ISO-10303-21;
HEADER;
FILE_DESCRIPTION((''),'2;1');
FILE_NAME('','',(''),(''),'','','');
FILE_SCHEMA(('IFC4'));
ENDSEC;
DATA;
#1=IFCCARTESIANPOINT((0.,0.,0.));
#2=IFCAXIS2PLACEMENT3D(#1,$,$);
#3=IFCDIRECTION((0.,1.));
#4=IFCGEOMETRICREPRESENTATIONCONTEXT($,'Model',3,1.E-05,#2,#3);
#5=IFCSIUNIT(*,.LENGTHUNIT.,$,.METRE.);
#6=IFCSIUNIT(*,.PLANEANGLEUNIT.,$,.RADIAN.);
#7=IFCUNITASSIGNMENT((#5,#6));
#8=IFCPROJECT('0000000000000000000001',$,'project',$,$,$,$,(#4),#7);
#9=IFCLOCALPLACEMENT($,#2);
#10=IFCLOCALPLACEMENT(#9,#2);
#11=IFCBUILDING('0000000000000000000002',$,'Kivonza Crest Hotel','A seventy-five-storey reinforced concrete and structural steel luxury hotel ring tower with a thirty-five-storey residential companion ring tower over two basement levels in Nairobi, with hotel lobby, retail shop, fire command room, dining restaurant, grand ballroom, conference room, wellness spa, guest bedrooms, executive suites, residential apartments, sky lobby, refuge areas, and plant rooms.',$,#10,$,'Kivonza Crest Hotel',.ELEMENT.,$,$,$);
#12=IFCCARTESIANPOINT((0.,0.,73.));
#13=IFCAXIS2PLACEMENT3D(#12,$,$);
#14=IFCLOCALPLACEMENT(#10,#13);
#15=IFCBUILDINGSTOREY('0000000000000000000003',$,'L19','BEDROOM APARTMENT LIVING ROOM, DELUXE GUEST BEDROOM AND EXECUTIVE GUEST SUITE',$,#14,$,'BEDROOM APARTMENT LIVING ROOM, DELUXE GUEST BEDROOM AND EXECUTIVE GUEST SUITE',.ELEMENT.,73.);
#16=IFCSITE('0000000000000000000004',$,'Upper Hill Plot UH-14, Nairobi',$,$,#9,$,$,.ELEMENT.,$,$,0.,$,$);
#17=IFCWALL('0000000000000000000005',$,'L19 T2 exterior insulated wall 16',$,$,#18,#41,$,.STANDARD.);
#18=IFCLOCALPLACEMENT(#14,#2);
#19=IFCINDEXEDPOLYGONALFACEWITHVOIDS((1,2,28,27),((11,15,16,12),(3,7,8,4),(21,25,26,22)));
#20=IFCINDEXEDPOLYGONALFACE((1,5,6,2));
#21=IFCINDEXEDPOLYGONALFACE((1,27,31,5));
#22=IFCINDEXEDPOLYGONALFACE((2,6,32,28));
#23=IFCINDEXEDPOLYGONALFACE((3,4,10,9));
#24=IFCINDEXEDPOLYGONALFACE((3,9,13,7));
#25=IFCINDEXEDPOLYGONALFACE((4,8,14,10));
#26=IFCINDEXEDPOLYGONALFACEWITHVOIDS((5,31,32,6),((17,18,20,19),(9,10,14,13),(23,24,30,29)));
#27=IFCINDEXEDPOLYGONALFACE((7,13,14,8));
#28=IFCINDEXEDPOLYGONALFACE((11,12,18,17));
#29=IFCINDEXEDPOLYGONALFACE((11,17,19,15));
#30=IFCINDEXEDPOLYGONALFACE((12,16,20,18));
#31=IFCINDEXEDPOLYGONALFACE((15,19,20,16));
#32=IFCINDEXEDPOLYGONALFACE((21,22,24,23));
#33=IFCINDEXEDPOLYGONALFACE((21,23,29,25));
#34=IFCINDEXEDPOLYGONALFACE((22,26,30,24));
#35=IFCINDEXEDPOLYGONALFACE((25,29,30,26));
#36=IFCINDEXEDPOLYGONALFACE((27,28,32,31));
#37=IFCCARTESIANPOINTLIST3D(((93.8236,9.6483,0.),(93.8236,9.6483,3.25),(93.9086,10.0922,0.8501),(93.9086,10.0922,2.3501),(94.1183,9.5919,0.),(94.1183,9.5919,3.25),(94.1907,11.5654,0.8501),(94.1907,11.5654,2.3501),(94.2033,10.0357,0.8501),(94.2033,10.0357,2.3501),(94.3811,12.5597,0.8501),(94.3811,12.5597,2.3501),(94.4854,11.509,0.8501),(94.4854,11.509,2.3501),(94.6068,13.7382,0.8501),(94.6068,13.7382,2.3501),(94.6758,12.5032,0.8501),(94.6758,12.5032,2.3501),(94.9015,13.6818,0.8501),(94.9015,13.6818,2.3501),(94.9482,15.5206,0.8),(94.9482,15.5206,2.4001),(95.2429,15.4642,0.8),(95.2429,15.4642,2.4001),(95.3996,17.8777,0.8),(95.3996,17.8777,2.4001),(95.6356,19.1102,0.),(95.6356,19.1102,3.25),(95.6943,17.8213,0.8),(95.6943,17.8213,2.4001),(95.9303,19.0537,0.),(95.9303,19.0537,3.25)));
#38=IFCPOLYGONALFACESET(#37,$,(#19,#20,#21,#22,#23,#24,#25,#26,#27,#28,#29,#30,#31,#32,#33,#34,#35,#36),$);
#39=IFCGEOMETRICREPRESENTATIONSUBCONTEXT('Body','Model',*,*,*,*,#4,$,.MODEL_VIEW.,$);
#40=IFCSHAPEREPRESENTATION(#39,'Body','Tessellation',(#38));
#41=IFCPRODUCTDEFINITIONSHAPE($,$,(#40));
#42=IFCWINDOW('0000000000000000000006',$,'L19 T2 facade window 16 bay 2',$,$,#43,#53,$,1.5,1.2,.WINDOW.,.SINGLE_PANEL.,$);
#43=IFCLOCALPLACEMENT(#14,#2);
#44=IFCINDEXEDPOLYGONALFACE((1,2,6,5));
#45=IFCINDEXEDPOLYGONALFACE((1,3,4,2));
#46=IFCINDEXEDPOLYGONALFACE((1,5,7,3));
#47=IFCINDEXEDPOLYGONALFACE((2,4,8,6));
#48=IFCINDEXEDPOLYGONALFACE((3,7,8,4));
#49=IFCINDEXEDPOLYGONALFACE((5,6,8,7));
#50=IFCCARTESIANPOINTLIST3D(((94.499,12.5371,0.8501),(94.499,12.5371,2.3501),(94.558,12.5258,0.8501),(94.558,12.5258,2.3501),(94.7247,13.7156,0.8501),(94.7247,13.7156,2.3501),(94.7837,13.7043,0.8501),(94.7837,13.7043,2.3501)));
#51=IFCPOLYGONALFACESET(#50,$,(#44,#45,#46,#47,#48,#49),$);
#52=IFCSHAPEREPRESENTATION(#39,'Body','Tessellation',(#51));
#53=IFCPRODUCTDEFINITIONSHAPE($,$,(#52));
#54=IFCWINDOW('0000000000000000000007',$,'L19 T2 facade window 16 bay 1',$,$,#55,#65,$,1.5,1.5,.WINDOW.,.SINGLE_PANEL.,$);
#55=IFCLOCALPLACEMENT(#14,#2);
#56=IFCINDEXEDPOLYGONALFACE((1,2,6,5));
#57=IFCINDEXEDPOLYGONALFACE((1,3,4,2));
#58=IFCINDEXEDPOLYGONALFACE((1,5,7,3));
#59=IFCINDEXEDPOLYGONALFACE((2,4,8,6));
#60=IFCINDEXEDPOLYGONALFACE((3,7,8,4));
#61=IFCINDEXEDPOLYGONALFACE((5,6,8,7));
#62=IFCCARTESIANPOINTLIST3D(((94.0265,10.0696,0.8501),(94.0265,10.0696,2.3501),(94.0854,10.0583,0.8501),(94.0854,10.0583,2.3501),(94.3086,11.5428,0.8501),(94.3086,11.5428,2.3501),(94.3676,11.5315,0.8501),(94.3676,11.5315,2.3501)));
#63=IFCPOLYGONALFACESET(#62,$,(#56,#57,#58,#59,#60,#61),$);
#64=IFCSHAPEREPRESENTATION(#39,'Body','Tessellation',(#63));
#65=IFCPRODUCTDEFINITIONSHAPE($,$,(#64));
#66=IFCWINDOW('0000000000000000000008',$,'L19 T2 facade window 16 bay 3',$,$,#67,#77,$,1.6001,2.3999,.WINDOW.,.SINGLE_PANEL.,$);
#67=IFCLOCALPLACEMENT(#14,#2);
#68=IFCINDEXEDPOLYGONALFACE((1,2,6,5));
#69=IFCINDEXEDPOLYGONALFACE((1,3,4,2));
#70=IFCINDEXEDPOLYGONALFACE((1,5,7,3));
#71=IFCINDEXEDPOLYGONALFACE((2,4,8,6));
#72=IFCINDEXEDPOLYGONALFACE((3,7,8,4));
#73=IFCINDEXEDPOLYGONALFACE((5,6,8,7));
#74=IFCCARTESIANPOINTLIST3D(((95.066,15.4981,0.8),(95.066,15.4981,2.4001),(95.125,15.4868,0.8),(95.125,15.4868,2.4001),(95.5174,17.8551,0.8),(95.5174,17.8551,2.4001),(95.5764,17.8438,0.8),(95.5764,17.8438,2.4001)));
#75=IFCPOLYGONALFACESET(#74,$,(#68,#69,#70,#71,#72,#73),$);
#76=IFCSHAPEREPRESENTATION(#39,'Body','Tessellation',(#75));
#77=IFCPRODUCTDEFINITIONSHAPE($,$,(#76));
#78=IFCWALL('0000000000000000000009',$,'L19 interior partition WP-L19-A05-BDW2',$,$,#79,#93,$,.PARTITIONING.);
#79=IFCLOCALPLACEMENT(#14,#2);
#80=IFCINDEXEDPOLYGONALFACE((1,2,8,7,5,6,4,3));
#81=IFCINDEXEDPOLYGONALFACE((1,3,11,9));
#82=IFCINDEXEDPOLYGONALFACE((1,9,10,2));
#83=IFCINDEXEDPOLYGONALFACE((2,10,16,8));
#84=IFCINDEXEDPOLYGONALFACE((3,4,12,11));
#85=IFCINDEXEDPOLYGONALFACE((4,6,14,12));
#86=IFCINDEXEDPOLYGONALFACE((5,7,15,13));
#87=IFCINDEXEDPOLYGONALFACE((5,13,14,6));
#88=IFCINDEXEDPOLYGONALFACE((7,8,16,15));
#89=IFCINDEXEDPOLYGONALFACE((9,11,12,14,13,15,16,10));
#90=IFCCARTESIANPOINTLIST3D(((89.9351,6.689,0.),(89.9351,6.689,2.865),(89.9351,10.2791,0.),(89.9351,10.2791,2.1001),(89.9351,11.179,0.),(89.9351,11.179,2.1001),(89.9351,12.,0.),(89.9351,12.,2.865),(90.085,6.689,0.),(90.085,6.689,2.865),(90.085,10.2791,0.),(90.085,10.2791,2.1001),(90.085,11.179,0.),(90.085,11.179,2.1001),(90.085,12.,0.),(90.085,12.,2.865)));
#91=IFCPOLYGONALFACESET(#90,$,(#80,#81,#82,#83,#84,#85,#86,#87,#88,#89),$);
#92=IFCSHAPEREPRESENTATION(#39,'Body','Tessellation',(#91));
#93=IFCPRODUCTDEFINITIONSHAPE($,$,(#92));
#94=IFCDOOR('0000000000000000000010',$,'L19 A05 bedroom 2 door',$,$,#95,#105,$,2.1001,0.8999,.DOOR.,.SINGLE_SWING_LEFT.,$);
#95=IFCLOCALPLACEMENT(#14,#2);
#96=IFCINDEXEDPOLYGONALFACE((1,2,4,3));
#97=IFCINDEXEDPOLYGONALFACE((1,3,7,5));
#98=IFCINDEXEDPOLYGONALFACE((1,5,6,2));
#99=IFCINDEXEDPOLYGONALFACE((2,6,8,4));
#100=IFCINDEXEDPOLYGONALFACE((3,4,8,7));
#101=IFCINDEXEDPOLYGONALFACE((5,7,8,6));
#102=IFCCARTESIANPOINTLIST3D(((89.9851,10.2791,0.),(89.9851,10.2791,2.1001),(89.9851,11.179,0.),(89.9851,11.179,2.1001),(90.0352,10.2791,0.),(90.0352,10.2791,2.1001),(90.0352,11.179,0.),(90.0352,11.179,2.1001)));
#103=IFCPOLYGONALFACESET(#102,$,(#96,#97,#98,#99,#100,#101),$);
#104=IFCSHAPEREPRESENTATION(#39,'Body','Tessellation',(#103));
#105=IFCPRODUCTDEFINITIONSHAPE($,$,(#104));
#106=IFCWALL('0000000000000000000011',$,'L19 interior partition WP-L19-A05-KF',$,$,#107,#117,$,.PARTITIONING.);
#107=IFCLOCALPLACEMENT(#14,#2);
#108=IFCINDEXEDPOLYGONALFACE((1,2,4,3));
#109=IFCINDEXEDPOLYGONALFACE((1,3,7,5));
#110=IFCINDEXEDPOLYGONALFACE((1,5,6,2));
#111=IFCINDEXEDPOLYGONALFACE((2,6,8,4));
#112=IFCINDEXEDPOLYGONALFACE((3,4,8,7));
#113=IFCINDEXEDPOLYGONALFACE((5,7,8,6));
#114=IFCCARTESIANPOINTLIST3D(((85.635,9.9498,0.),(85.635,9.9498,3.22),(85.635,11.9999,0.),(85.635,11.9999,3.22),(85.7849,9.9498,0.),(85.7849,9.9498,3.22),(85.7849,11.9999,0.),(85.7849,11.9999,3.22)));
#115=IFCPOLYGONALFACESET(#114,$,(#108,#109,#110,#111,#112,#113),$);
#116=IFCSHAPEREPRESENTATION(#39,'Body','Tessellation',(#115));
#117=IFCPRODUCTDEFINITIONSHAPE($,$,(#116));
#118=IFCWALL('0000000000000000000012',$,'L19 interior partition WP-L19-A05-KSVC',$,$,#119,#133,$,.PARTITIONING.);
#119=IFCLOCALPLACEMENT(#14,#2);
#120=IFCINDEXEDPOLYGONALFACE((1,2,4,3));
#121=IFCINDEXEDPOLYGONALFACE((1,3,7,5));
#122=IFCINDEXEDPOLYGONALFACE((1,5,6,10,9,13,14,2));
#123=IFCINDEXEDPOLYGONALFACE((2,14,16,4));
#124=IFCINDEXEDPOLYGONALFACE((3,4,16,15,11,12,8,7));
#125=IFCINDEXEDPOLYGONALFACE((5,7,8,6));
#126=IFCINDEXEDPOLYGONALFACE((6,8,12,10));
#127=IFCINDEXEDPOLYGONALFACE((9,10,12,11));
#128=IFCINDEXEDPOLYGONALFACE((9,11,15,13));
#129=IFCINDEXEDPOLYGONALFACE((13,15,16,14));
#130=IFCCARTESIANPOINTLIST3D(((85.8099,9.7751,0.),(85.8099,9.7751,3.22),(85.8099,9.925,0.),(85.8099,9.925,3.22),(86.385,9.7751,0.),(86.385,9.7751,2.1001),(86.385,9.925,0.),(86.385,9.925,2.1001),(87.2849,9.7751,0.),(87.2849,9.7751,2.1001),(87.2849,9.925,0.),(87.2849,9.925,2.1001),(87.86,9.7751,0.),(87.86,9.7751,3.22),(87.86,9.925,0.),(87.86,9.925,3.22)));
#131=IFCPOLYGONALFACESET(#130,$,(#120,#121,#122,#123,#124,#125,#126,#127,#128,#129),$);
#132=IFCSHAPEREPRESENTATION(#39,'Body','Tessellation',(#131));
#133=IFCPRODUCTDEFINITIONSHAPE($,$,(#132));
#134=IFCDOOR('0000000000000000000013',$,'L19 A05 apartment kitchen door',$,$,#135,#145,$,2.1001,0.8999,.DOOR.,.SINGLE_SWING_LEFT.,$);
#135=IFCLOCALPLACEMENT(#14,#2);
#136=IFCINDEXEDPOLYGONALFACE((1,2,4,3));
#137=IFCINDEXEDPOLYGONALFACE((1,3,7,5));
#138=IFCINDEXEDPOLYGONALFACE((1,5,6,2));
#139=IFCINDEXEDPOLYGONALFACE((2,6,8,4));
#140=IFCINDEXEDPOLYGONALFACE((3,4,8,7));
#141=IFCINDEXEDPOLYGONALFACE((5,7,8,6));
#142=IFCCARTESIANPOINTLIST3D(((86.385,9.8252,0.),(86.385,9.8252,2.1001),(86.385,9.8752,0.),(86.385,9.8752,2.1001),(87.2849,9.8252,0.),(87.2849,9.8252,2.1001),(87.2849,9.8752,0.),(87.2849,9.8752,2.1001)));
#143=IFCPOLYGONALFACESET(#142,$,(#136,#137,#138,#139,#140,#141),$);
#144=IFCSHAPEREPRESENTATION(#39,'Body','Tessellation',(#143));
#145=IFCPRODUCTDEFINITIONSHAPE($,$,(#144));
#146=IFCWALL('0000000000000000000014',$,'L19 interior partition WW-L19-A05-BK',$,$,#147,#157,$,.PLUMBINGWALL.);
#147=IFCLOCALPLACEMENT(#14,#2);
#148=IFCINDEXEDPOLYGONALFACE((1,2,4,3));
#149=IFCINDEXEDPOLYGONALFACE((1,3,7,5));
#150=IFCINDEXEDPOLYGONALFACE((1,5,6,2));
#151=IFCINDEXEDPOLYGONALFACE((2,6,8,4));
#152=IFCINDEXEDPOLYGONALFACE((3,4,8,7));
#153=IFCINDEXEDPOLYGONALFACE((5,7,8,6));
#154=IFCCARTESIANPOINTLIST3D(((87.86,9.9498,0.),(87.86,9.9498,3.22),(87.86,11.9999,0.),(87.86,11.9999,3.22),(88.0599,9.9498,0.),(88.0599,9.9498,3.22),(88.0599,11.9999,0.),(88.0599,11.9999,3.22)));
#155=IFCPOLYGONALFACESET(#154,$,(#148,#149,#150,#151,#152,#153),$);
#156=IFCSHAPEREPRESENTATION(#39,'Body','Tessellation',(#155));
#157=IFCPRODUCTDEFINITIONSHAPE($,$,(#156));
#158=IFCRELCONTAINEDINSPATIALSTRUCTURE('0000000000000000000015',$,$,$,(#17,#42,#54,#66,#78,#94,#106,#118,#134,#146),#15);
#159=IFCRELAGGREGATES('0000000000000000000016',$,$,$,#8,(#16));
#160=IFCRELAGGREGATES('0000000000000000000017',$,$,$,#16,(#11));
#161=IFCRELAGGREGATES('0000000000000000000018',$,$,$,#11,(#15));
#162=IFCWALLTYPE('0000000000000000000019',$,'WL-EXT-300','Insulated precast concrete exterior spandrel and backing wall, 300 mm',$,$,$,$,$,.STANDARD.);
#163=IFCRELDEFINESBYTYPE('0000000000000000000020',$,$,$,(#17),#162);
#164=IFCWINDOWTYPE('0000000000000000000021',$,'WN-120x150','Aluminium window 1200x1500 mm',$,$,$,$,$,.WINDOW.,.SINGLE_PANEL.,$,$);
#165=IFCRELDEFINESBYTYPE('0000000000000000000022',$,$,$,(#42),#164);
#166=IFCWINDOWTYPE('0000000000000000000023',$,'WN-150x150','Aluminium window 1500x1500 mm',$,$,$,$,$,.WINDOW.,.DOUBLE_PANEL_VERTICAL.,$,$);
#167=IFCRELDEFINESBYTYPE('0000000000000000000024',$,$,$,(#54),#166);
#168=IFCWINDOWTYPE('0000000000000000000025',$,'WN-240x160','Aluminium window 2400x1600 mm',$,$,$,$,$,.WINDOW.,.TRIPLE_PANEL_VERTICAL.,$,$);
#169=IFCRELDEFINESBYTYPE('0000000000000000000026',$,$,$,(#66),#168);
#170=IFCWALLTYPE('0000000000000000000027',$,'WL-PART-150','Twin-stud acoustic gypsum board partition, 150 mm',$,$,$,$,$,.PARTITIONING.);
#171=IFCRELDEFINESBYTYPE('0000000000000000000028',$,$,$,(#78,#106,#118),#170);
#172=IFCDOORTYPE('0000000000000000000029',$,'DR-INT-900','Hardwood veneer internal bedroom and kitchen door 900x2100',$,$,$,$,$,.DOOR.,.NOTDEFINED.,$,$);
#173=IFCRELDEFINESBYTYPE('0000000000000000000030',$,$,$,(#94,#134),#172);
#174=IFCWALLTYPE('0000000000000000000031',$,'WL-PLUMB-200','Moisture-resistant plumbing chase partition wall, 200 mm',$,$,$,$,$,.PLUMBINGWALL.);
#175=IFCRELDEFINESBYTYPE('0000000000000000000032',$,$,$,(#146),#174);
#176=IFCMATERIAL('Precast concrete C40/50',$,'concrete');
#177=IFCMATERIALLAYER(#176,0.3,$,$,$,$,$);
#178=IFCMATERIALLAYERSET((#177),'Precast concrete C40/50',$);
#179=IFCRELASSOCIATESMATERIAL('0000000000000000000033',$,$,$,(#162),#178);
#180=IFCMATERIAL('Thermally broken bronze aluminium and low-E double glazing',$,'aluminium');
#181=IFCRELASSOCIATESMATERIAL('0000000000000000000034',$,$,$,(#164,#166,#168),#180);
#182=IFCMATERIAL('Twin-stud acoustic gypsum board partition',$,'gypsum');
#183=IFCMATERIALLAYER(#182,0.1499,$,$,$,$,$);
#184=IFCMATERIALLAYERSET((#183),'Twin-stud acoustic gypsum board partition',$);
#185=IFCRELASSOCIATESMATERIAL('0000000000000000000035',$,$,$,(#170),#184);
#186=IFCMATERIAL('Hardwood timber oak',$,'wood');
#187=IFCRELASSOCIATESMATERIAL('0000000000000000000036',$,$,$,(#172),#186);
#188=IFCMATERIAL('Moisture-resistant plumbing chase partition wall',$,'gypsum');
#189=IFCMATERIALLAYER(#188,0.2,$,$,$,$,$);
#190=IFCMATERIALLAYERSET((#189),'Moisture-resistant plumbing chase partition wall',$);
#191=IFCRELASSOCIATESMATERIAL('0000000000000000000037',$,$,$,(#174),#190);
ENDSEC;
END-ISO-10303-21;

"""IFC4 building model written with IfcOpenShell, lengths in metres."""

from ifc_helpers import new_model, si_unit, direction, frame, frame_2d, origin, place, context, subcontext, project, spatial, rectangle, extrude, material, layer, layer_set, type_object, element, fill, save


model = new_model("IFC4")

# Units and contexts
model_context = context("Model", 3, precision=1e-05, world=origin(), true_north=direction((0.0, 1.0)))
body_context = subcontext(model_context, "Body", "Model", "MODEL_VIEW")
ifc_project = project(units=[si_unit("LENGTHUNIT", "METRE"), si_unit("PLANEANGLEUNIT", "RADIAN")], contexts=[model_context])

# Site, building, storey
site_placement = place(None, origin())
site = spatial("IfcSite", under=ifc_project, at=site_placement, Name="Upper Hill Plot UH-14, Nairobi", CompositionType="ELEMENT", RefElevation=0.0)
building_placement = place(site_placement, origin())
building = spatial("IfcBuilding", under=site, at=building_placement, Name="Kivonza Crest Hotel", Description="A seventy-five-storey reinforced concrete and structural steel luxury hotel ring tower with a thirty-five-storey residential companion ring tower over two basement levels in Nairobi, with hotel lobby, retail shop, fire command room, dining restaurant, grand ballroom, conference room, wellness spa, guest bedrooms, executive suites, residential apartments, sky lobby, refuge areas, and plant rooms.", LongName="Kivonza Crest Hotel", CompositionType="ELEMENT")
storey_placement = place(building_placement, frame((0.0, 0.0, 73.0)))
storey = spatial("IfcBuildingStorey", under=building, at=storey_placement, Name="L19", Description="BEDROOM APARTMENT LIVING ROOM, DELUXE GUEST BEDROOM AND EXECUTIVE GUEST SUITE", LongName="BEDROOM APARTMENT LIVING ROOM, DELUXE GUEST BEDROOM AND EXECUTIVE GUEST SUITE", CompositionType="ELEMENT", Elevation=73.0)

# Shared definitions
ifc_material_1 = material(Name="Precast concrete C40/50", Category="concrete")
ifc_layer_1 = layer(ifc_material_1, 0.3)
ifc_layer_set_1 = layer_set([ifc_layer_1], Name="Precast concrete C40/50")
wall_type_1 = type_object("IfcWallType", Name="WL-EXT-300", Description="Insulated precast concrete exterior spandrel and backing wall, 300 mm", PredefinedType="STANDARD", material=ifc_layer_set_1)

# Wall, openings, windows
wall_1_placement = place(storey_placement, frame((93.9709, 9.6201, 0.0), z_axis=(0.0, 0.0, 1.0), x_axis=(0.188088, 0.982152, 0.0)))
wall_1 = element("IfcWall", 1, at=wall_1_placement, inside=storey, type_object=wall_type_1, Name="L19 T2 exterior insulated wall 16", PredefinedType="STANDARD", context=body_context, shape_type="SweptSolid", body=[
    extrude(rectangle(XDim=9.6338, YDim=0.3, at=frame_2d((4.8169, 0.0))), origin(), (0.0, 0.0, 1.0), 3.25),
])
opening_1_placement = place(wall_1_placement, frame((0.4519, 0.0, 0.8501)))
opening_1 = element("IfcOpeningElement", 2, at=opening_1_placement, cuts=wall_1, PredefinedType="OPENING", context=body_context, shape_type="SweptSolid", body=[
    extrude(rectangle(XDim=1.5, YDim=1.5, at=frame_2d((0.75, 0.75))), frame((0.0, 0.1602, 0.0), z_axis=(0.0, -1.0, 0.0), x_axis=(1.0, 0.0, 0.0)), (0.0, 0.0, 1.0), 0.3201),
])
opening_2_placement = place(wall_1_placement, frame((2.9641, 0.0, 0.8501)))
opening_2 = element("IfcOpeningElement", 3, at=opening_2_placement, cuts=wall_1, PredefinedType="OPENING", context=body_context, shape_type="SweptSolid", body=[
    extrude(rectangle(XDim=1.2, YDim=1.5, at=frame_2d((0.6001, 0.75))), frame((0.0, 0.1602, 0.0), z_axis=(0.0, -1.0, 0.0), x_axis=(1.0, 0.0, 0.0)), (0.0, 0.0, 1.0), 0.3201),
])
opening_3_placement = place(wall_1_placement, frame((5.979, 0.0, 0.8)))
opening_3 = element("IfcOpeningElement", 4, at=opening_3_placement, cuts=wall_1, PredefinedType="OPENING", context=body_context, shape_type="SweptSolid", body=[
    extrude(rectangle(XDim=2.3999, YDim=1.6001, at=frame_2d((1.2, 0.8))), frame((0.0, 0.1602, 0.0), z_axis=(0.0, -1.0, 0.0), x_axis=(1.0, 0.0, 0.0)), (0.0, 0.0, 1.0), 0.3201),
])
ifc_material_2 = material(Name="Thermally broken bronze aluminium and low-E double glazing", Category="aluminium")
window_type_1 = type_object("IfcWindowType", Name="WN-120x150", Description="Aluminium window 1200x1500 mm", PartitioningType="SINGLE_PANEL", PredefinedType="WINDOW", material=ifc_material_2)
window_1_placement = place(opening_2_placement, origin())
window_1 = element("IfcWindow", 5, at=window_1_placement, inside=storey, type_object=window_type_1, Name="L19 T2 facade window 16 bay 2", OverallHeight=1.5, OverallWidth=1.2, PartitioningType="SINGLE_PANEL", PredefinedType="WINDOW", context=body_context, shape_type="SweptSolid", body=[
    extrude(rectangle(XDim=1.2, YDim=1.5, at=frame_2d((0.6001, 0.75))), frame((0.0, 0.03, 0.0), z_axis=(0.0, -1.0, 0.0), x_axis=(1.0, 0.0, 0.0)), (0.0, 0.0, 1.0), 0.0601),
])
fill(opening_2, window_1)
window_type_2 = type_object("IfcWindowType", Name="WN-150x150", Description="Aluminium window 1500x1500 mm", PartitioningType="DOUBLE_PANEL_VERTICAL", PredefinedType="WINDOW", material=ifc_material_2)
window_2_placement = place(opening_1_placement, origin())
window_2 = element("IfcWindow", 6, at=window_2_placement, inside=storey, type_object=window_type_2, Name="L19 T2 facade window 16 bay 1", OverallHeight=1.5, OverallWidth=1.5, PartitioningType="SINGLE_PANEL", PredefinedType="WINDOW", context=body_context, shape_type="SweptSolid", body=[
    extrude(rectangle(XDim=1.5, YDim=1.5, at=frame_2d((0.75, 0.75))), frame((0.0, 0.03, 0.0), z_axis=(0.0, -1.0, 0.0), x_axis=(1.0, 0.0, 0.0)), (0.0, 0.0, 1.0), 0.0601),
])
fill(opening_1, window_2)
window_type_3 = type_object("IfcWindowType", Name="WN-240x160", Description="Aluminium window 2400x1600 mm", PartitioningType="TRIPLE_PANEL_VERTICAL", PredefinedType="WINDOW", material=ifc_material_2)
window_3_placement = place(opening_3_placement, origin())
window_3 = element("IfcWindow", 7, at=window_3_placement, inside=storey, type_object=window_type_3, Name="L19 T2 facade window 16 bay 3", OverallHeight=1.6001, OverallWidth=2.3999, PartitioningType="SINGLE_PANEL", PredefinedType="WINDOW", context=body_context, shape_type="SweptSolid", body=[
    extrude(rectangle(XDim=2.3999, YDim=1.6001, at=frame_2d((1.2, 0.8))), frame((0.0, 0.03, 0.0), z_axis=(0.0, -1.0, 0.0), x_axis=(1.0, 0.0, 0.0)), (0.0, 0.0, 1.0), 0.0601),
])
fill(opening_3, window_3)

# Wall, opening, door
ifc_material_3 = material(Name="Twin-stud acoustic gypsum board partition", Category="gypsum")
ifc_layer_2 = layer(ifc_material_3, 0.1499)
ifc_layer_set_2 = layer_set([ifc_layer_2], Name="Twin-stud acoustic gypsum board partition")
wall_type_2 = type_object("IfcWallType", Name="WL-PART-150", Description="Twin-stud acoustic gypsum board partition, 150 mm", PredefinedType="PARTITIONING", material=ifc_layer_set_2)
wall_2_placement = place(storey_placement, frame((90.01, 6.689, 0.0), z_axis=(0.0, 0.0, 1.0), x_axis=(0.0, 1.0, 0.0)))
wall_2 = element("IfcWall", 8, at=wall_2_placement, inside=storey, type_object=wall_type_2, Name="L19 interior partition WP-L19-A05-BDW2", PredefinedType="PARTITIONING", context=body_context, shape_type="SweptSolid", body=[
    extrude(rectangle(XDim=5.311, YDim=0.1499, at=frame_2d((2.6555, 0.0))), origin(), (0.0, 0.0, 1.0), 2.865),
])
opening_4_placement = place(wall_2_placement, frame((3.5901, 0.0, 0.0)))
opening_4 = element("IfcOpeningElement", 9, at=opening_4_placement, cuts=wall_2, PredefinedType="OPENING", context=body_context, shape_type="SweptSolid", body=[
    extrude(rectangle(XDim=0.8999, YDim=2.1001, at=frame_2d((0.45, 1.05))), frame((0.0, 0.085, 0.0), z_axis=(0.0, -1.0, 0.0), x_axis=(1.0, 0.0, 0.0)), (0.0, 0.0, 1.0), 0.1699),
])
ifc_material_4 = material(Name="Hardwood timber oak", Category="wood")
door_type_1 = type_object("IfcDoorType", Name="DR-INT-900", Description="Hardwood veneer internal bedroom and kitchen door 900x2100", OperationType="NOTDEFINED", PredefinedType="DOOR", material=ifc_material_4)
door_1_placement = place(opening_4_placement, origin())
door_1 = element("IfcDoor", 10, at=door_1_placement, inside=storey, type_object=door_type_1, Name="L19 A05 bedroom 2 door", OperationType="SINGLE_SWING_LEFT", OverallHeight=2.1001, OverallWidth=0.8999, PredefinedType="DOOR", context=body_context, shape_type="SweptSolid", body=[
    extrude(rectangle(XDim=0.8999, YDim=2.1001, at=frame_2d((0.45, 1.05))), frame((0.0, 0.0249, 0.0), z_axis=(0.0, -1.0, 0.0), x_axis=(1.0, 0.0, 0.0)), (0.0, 0.0, 1.0), 0.05),
])
fill(opening_4, door_1)

# Wall
wall_3_placement = place(storey_placement, frame((85.71, 9.95, 0.0), z_axis=(0.0, 0.0, 1.0), x_axis=(0.0, 1.0, 0.0)))
element("IfcWall", 11, at=wall_3_placement, inside=storey, type_object=wall_type_2, Name="L19 interior partition WP-L19-A05-KF", PredefinedType="PARTITIONING", context=body_context, shape_type="SweptSolid", body=[
    extrude(rectangle(XDim=2.05, YDim=0.1499, at=frame_2d((1.0249, 0.0))), origin(), (0.0, 0.0, 1.0), 3.22),
])

# Wall, opening, door
wall_4_placement = place(storey_placement, frame((85.8101, 9.8501, 0.0), z_axis=(0.0, 0.0, 1.0), x_axis=(1.0, 0.0, 0.0)))
wall_4 = element("IfcWall", 12, at=wall_4_placement, inside=storey, type_object=wall_type_2, Name="L19 interior partition WP-L19-A05-KSVC", PredefinedType="PARTITIONING", context=body_context, shape_type="SweptSolid", body=[
    extrude(rectangle(XDim=2.05, YDim=0.1499, at=frame_2d((1.0249, 0.0))), origin(), (0.0, 0.0, 1.0), 3.22),
])
opening_5_placement = place(wall_4_placement, frame((0.575, 0.0, 0.0)))
opening_5 = element("IfcOpeningElement", 13, at=opening_5_placement, cuts=wall_4, PredefinedType="OPENING", context=body_context, shape_type="SweptSolid", body=[
    extrude(rectangle(XDim=0.8999, YDim=2.1001, at=frame_2d((0.45, 1.05))), frame((0.0, 0.085, 0.0), z_axis=(0.0, -1.0, 0.0), x_axis=(1.0, 0.0, 0.0)), (0.0, 0.0, 1.0), 0.1699),
])
door_2_placement = place(opening_5_placement, frame((0.8999, 0.0, 0.0), z_axis=(0.0, 0.0, 1.0), x_axis=(-1.0, 0.0, 0.0)))
door_2 = element("IfcDoor", 14, at=door_2_placement, inside=storey, type_object=door_type_1, Name="L19 A05 apartment kitchen door", OperationType="SINGLE_SWING_LEFT", OverallHeight=2.1001, OverallWidth=0.8999, PredefinedType="DOOR", context=body_context, shape_type="SweptSolid", body=[
    extrude(rectangle(XDim=0.8999, YDim=2.1001, at=frame_2d((0.45, 1.05))), frame((0.0, 0.0249, 0.0), z_axis=(0.0, -1.0, 0.0), x_axis=(1.0, 0.0, 0.0)), (0.0, 0.0, 1.0), 0.05),
])
fill(opening_5, door_2)

# Wall
ifc_material_5 = material(Name="Moisture-resistant plumbing chase partition wall", Category="gypsum")
ifc_layer_3 = layer(ifc_material_5, 0.2)
ifc_layer_set_3 = layer_set([ifc_layer_3], Name="Moisture-resistant plumbing chase partition wall")
wall_type_3 = type_object("IfcWallType", Name="WL-PLUMB-200", Description="Moisture-resistant plumbing chase partition wall, 200 mm", PredefinedType="PLUMBINGWALL", material=ifc_layer_set_3)
wall_5_placement = place(storey_placement, frame((87.96, 9.95, 0.0), z_axis=(0.0, 0.0, 1.0), x_axis=(0.0, 1.0, 0.0)))
element("IfcWall", 15, at=wall_5_placement, inside=storey, type_object=wall_type_3, Name="L19 interior partition WW-L19-A05-BK", PredefinedType="PLUMBINGWALL", context=body_context, shape_type="SweptSolid", body=[
    extrude(rectangle(XDim=2.05, YDim=0.2, at=frame_2d((1.0249, 0.0))), origin(), (0.0, 0.0, 1.0), 3.22),
])

save(model, "model.ifc")
